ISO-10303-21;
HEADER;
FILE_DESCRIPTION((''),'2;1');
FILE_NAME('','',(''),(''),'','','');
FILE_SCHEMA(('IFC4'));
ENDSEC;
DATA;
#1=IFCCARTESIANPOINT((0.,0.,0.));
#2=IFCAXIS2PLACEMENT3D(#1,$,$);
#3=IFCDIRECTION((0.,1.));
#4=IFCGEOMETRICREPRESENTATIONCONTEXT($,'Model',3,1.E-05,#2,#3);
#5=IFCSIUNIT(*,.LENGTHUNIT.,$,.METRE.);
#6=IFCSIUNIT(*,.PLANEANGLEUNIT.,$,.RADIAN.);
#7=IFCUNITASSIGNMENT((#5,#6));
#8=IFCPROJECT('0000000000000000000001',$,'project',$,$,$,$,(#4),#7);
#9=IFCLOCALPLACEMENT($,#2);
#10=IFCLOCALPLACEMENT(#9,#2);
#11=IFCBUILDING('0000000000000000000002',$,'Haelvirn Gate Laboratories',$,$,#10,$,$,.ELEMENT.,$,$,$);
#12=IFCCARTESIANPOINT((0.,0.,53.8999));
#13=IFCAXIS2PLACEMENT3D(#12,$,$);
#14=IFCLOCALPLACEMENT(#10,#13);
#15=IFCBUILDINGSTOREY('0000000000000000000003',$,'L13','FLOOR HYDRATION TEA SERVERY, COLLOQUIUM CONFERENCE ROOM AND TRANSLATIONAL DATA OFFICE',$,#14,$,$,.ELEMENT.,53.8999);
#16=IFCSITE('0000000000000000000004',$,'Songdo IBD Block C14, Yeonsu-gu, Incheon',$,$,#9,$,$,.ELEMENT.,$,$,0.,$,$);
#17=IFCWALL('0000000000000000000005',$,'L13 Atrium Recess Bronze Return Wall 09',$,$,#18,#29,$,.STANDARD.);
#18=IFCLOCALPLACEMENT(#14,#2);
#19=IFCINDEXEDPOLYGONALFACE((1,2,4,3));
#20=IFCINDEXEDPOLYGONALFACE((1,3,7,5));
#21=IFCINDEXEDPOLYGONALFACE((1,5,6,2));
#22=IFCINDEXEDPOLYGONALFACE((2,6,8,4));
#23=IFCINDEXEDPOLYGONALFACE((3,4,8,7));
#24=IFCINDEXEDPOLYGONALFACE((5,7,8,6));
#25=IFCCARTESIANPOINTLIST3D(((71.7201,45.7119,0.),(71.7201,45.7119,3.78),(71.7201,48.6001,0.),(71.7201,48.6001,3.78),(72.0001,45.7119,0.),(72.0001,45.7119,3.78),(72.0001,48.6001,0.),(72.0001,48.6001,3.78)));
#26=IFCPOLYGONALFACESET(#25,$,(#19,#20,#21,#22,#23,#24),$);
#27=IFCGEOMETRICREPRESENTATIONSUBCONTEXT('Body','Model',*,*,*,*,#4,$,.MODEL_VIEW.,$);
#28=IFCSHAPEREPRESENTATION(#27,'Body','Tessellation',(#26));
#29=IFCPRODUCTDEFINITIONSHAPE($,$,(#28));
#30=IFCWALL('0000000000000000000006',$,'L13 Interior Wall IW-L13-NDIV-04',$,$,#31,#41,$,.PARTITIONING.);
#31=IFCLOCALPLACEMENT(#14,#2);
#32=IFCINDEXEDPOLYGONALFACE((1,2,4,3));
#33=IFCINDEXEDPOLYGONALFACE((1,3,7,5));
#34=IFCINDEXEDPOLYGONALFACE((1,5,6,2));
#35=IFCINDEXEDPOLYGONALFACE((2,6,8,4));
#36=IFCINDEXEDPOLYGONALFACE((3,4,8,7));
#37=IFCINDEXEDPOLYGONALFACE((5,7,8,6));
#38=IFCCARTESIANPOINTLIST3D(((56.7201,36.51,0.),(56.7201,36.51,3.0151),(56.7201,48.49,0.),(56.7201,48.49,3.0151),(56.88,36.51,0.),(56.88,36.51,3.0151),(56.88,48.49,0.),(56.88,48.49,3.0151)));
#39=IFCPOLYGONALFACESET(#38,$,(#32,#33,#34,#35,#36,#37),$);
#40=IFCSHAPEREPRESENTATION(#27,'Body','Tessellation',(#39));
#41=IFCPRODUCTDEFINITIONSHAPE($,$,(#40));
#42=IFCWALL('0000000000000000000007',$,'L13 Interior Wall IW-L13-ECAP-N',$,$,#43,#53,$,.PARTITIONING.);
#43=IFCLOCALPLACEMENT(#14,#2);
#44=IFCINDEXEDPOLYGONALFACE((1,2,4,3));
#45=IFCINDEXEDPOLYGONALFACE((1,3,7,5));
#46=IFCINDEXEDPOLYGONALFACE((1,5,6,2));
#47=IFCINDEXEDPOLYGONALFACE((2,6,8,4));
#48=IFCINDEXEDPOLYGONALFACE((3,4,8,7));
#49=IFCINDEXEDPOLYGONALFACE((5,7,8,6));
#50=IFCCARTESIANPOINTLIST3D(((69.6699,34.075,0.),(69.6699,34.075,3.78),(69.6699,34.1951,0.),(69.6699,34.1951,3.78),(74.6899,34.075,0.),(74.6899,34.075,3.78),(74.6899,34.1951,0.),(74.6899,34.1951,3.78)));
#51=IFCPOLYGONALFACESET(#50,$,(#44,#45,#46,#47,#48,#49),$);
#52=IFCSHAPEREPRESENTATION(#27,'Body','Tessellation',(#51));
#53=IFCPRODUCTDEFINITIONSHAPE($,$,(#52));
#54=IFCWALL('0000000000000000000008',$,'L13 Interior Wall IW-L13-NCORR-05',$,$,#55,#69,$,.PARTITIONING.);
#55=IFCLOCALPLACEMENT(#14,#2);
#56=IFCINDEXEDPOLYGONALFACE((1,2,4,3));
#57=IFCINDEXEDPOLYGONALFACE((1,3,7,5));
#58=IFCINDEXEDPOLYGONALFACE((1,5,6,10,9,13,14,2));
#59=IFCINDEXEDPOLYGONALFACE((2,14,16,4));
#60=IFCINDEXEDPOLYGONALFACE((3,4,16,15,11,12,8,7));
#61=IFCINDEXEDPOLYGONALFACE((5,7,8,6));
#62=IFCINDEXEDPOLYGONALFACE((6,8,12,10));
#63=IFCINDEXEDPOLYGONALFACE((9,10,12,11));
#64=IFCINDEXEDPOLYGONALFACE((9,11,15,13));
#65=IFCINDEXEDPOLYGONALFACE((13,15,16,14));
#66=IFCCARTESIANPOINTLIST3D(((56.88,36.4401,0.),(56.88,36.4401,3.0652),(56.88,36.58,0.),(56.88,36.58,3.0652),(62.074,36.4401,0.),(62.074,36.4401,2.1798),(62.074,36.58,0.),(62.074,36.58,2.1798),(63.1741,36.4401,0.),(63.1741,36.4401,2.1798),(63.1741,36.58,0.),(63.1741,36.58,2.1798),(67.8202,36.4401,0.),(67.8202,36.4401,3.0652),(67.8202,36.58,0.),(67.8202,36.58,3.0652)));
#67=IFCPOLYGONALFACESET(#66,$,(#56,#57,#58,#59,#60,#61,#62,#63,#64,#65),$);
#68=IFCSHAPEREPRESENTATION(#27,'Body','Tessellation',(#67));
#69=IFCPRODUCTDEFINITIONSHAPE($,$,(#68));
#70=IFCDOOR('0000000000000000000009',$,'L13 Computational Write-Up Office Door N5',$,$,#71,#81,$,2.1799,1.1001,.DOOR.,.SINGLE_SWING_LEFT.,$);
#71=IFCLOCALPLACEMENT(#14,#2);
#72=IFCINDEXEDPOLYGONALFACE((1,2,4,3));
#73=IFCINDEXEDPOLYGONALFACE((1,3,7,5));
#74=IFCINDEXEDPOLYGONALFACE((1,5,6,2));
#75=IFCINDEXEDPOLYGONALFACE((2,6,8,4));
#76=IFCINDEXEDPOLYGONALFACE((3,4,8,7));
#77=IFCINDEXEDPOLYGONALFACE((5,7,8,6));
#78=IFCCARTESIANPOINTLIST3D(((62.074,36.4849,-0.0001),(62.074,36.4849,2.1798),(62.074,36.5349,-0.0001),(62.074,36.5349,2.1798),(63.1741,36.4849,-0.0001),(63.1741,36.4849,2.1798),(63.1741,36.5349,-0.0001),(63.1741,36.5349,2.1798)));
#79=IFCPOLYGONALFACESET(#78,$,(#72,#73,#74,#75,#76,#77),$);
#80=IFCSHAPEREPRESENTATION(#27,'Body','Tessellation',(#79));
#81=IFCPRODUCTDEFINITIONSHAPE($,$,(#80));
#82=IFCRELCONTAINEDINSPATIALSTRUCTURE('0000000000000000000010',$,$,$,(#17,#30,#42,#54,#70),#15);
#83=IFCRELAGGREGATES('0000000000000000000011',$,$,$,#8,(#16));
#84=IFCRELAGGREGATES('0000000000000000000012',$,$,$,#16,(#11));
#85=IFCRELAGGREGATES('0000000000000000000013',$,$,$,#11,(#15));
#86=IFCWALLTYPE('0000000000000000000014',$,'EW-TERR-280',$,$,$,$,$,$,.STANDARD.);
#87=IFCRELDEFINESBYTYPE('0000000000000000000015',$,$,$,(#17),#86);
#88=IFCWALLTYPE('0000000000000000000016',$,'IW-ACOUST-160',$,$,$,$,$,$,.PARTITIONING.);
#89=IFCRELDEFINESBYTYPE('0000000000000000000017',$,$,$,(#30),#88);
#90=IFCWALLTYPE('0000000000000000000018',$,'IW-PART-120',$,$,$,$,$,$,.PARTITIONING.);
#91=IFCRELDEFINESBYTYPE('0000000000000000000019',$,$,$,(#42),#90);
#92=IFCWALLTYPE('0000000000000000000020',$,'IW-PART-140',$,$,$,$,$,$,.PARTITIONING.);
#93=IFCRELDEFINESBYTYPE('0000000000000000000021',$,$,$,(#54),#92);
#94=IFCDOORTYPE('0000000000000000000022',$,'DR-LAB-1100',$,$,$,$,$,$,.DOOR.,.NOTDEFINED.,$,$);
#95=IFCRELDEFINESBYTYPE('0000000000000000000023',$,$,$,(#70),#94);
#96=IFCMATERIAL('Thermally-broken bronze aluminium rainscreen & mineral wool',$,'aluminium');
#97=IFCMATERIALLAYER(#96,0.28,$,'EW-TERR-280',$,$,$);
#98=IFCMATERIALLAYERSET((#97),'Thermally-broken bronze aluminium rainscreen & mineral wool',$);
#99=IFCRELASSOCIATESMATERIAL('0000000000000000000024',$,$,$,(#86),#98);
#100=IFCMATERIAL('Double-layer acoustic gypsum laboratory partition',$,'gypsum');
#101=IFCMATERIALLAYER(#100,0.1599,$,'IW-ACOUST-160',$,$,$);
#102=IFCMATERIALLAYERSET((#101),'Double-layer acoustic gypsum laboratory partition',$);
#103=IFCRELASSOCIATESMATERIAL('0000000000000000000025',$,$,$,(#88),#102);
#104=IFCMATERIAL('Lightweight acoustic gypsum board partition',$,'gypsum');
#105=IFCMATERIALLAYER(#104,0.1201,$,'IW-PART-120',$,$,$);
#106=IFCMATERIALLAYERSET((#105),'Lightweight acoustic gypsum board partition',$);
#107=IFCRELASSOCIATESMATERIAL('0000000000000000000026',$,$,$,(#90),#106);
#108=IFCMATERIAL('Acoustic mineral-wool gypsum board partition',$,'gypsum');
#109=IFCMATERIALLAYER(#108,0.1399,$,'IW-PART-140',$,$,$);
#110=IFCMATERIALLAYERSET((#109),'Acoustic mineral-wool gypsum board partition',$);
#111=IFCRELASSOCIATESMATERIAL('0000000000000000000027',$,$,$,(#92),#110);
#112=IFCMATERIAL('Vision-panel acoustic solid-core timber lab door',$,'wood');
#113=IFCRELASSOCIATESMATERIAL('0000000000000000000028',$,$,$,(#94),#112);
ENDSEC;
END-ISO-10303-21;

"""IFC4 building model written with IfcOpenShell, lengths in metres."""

from ifc_helpers import new_model, si_unit, direction, frame, frame_2d, origin, place, context, subcontext, project, spatial, rectangle, extrude, source, transform, mapped, material, layer, layer_set, type_object, type_shapes, element, fill, save


model = new_model("IFC4")

# Units and contexts
model_context = context("Model", 3, precision=1e-05, world=origin(), true_north=direction((0.0, 1.0)))
body_context = subcontext(model_context, "Body", "Model", "MODEL_VIEW")
ifc_project = project(units=[si_unit("LENGTHUNIT", "METRE"), si_unit("PLANEANGLEUNIT", "RADIAN")], contexts=[model_context])

# Site, building, storey
site_placement = place(None, origin())
site = spatial("IfcSite", under=ifc_project, at=site_placement, Name="Songdo IBD Block C14, Yeonsu-gu, Incheon", CompositionType="ELEMENT", RefElevation=0.0)
building_placement = place(site_placement, origin())
building = spatial("IfcBuilding", under=site, at=building_placement, Name="Haelvirn Gate Laboratories", CompositionType="ELEMENT")
storey_placement = place(building_placement, frame((0.0, 0.0, 53.8999)))
storey = spatial("IfcBuildingStorey", under=building, at=storey_placement, Name="L13", Description="FLOOR HYDRATION TEA SERVERY, COLLOQUIUM CONFERENCE ROOM AND TRANSLATIONAL DATA OFFICE", CompositionType="ELEMENT", Elevation=53.8999)

# Walls
ifc_material_1 = material(Name="Thermally-broken bronze aluminium rainscreen & mineral wool", Category="aluminium")
ifc_layer_1 = layer(ifc_material_1, 0.28, Name="EW-TERR-280")
ifc_layer_set_1 = layer_set([ifc_layer_1], Name="Thermally-broken bronze aluminium rainscreen & mineral wool")
wall_type_1 = type_object("IfcWallType", Name="EW-TERR-280", PredefinedType="STANDARD", material=ifc_layer_set_1)
wall_1_placement = place(storey_placement, frame((71.8601, 45.7119, 0.0), z_axis=(0.0, 0.0, 1.0), x_axis=(0.0, 1.0, 0.0)))
element("IfcWall", 1, at=wall_1_placement, inside=storey, type_object=wall_type_1, Name="L13 Atrium Recess Bronze Return Wall 09", PredefinedType="STANDARD", context=body_context, shape_type="SweptSolid", body=[
    extrude(rectangle(XDim=2.8882, YDim=0.28, at=frame_2d((1.4441, 0.0))), origin(), (0.0, 0.0, 1.0), 3.78),
])
ifc_material_2 = material(Name="Double-layer acoustic gypsum laboratory partition", Category="gypsum")
ifc_layer_2 = layer(ifc_material_2, 0.1599, Name="IW-ACOUST-160")
ifc_layer_set_2 = layer_set([ifc_layer_2], Name="Double-layer acoustic gypsum laboratory partition")
wall_type_2 = type_object("IfcWallType", Name="IW-ACOUST-160", PredefinedType="PARTITIONING", material=ifc_layer_set_2)
wall_2_placement = place(storey_placement, frame((56.8, 36.51, 0.0), z_axis=(0.0, 0.0, 1.0), x_axis=(0.0, 1.0, 0.0)))
element("IfcWall", 2, at=wall_2_placement, inside=storey, type_object=wall_type_2, Name="L13 Interior Wall IW-L13-NDIV-04", PredefinedType="PARTITIONING", context=body_context, shape_type="SweptSolid", body=[
    extrude(rectangle(XDim=11.98, YDim=0.1599, at=frame_2d((5.99, 0.0))), origin(), (0.0, 0.0, 1.0), 3.0151),
])
ifc_material_3 = material(Name="Lightweight acoustic gypsum board partition", Category="gypsum")
ifc_layer_3 = layer(ifc_material_3, 0.1201, Name="IW-PART-120")
ifc_layer_set_3 = layer_set([ifc_layer_3], Name="Lightweight acoustic gypsum board partition")
wall_type_3 = type_object("IfcWallType", Name="IW-PART-120", PredefinedType="PARTITIONING", material=ifc_layer_set_3)
wall_3_placement = place(storey_placement, frame((69.6699, 34.135, 0.0), z_axis=(0.0, 0.0, 1.0), x_axis=(1.0, 0.0, 0.0)))
element("IfcWall", 3, at=wall_3_placement, inside=storey, type_object=wall_type_3, Name="L13 Interior Wall IW-L13-ECAP-N", PredefinedType="PARTITIONING", context=body_context, shape_type="SweptSolid", body=[
    extrude(rectangle(XDim=5.02, YDim=0.1201, at=frame_2d((2.51, 0.0))), origin(), (0.0, 0.0, 1.0), 3.78),
])

# Wall, opening, door
ifc_material_4 = material(Name="Acoustic mineral-wool gypsum board partition", Category="gypsum")
ifc_layer_4 = layer(ifc_material_4, 0.1399, Name="IW-PART-140")
ifc_layer_set_4 = layer_set([ifc_layer_4], Name="Acoustic mineral-wool gypsum board partition")
wall_type_4 = type_object("IfcWallType", Name="IW-PART-140", PredefinedType="PARTITIONING", material=ifc_layer_set_4)
wall_4_placement = place(storey_placement, frame((56.8799, 36.51, 0.0), z_axis=(0.0, 0.0, 1.0), x_axis=(1.0, 0.0, 0.0)))
wall_4 = element("IfcWall", 4, at=wall_4_placement, inside=storey, type_object=wall_type_4, Name="L13 Interior Wall IW-L13-NCORR-05", PredefinedType="PARTITIONING", context=body_context, shape_type="SweptSolid", body=[
    extrude(rectangle(XDim=10.9402, YDim=0.1399, at=frame_2d((5.4702, 0.0))), origin(), (0.0, 0.0, 1.0), 3.0652),
])
opening_placement = place(wall_4_placement, frame((5.1941, 0.0, 0.0)))
opening = element("IfcOpeningElement", 5, at=opening_placement, cuts=wall_4, PredefinedType="OPENING", context=body_context, shape_type="SweptSolid", body=[
    extrude(rectangle(XDim=1.1001, YDim=2.1799, at=frame_2d((0.55, 1.0898))), frame((0.0, 0.0801, 0.0), z_axis=(0.0, -1.0, 0.0), x_axis=(1.0, 0.0, 0.0)), (0.0, 0.0, 1.0), 0.1599),
])
ifc_material_5 = material(Name="Vision-panel acoustic solid-core timber lab door", Category="wood")
door_type = type_object("IfcDoorType", Name="DR-LAB-1100", OperationType="NOTDEFINED", PredefinedType="DOOR", material=ifc_material_5)
shared_shape_1 = source(origin(), body_context, "Body", "SweptSolid", [
    extrude(rectangle(XDim=1.1001, YDim=2.1799, at=frame_2d((0.55, 1.0898))), frame((0.0, 0.0249, 0.0), z_axis=(0.0, -1.0, 0.0), x_axis=(1.0, 0.0, 0.0)), (0.0, 0.0, 1.0), 0.05),
])
type_shapes(door_type, [shared_shape_1])
door_placement = place(opening_placement, origin())
door = element("IfcDoor", 6, at=door_placement, inside=storey, type_object=door_type, Name="L13 Computational Write-Up Office Door N5", OperationType="SINGLE_SWING_LEFT", OverallHeight=2.1799, OverallWidth=1.1001, PredefinedType="DOOR", context=body_context, shape_type="MappedRepresentation", body=[
    mapped(shared_shape_1, transform((0.0, 0.0, 0.0), scale=1.0)),
])
fill(opening, door)

save(model, "model.ifc")
